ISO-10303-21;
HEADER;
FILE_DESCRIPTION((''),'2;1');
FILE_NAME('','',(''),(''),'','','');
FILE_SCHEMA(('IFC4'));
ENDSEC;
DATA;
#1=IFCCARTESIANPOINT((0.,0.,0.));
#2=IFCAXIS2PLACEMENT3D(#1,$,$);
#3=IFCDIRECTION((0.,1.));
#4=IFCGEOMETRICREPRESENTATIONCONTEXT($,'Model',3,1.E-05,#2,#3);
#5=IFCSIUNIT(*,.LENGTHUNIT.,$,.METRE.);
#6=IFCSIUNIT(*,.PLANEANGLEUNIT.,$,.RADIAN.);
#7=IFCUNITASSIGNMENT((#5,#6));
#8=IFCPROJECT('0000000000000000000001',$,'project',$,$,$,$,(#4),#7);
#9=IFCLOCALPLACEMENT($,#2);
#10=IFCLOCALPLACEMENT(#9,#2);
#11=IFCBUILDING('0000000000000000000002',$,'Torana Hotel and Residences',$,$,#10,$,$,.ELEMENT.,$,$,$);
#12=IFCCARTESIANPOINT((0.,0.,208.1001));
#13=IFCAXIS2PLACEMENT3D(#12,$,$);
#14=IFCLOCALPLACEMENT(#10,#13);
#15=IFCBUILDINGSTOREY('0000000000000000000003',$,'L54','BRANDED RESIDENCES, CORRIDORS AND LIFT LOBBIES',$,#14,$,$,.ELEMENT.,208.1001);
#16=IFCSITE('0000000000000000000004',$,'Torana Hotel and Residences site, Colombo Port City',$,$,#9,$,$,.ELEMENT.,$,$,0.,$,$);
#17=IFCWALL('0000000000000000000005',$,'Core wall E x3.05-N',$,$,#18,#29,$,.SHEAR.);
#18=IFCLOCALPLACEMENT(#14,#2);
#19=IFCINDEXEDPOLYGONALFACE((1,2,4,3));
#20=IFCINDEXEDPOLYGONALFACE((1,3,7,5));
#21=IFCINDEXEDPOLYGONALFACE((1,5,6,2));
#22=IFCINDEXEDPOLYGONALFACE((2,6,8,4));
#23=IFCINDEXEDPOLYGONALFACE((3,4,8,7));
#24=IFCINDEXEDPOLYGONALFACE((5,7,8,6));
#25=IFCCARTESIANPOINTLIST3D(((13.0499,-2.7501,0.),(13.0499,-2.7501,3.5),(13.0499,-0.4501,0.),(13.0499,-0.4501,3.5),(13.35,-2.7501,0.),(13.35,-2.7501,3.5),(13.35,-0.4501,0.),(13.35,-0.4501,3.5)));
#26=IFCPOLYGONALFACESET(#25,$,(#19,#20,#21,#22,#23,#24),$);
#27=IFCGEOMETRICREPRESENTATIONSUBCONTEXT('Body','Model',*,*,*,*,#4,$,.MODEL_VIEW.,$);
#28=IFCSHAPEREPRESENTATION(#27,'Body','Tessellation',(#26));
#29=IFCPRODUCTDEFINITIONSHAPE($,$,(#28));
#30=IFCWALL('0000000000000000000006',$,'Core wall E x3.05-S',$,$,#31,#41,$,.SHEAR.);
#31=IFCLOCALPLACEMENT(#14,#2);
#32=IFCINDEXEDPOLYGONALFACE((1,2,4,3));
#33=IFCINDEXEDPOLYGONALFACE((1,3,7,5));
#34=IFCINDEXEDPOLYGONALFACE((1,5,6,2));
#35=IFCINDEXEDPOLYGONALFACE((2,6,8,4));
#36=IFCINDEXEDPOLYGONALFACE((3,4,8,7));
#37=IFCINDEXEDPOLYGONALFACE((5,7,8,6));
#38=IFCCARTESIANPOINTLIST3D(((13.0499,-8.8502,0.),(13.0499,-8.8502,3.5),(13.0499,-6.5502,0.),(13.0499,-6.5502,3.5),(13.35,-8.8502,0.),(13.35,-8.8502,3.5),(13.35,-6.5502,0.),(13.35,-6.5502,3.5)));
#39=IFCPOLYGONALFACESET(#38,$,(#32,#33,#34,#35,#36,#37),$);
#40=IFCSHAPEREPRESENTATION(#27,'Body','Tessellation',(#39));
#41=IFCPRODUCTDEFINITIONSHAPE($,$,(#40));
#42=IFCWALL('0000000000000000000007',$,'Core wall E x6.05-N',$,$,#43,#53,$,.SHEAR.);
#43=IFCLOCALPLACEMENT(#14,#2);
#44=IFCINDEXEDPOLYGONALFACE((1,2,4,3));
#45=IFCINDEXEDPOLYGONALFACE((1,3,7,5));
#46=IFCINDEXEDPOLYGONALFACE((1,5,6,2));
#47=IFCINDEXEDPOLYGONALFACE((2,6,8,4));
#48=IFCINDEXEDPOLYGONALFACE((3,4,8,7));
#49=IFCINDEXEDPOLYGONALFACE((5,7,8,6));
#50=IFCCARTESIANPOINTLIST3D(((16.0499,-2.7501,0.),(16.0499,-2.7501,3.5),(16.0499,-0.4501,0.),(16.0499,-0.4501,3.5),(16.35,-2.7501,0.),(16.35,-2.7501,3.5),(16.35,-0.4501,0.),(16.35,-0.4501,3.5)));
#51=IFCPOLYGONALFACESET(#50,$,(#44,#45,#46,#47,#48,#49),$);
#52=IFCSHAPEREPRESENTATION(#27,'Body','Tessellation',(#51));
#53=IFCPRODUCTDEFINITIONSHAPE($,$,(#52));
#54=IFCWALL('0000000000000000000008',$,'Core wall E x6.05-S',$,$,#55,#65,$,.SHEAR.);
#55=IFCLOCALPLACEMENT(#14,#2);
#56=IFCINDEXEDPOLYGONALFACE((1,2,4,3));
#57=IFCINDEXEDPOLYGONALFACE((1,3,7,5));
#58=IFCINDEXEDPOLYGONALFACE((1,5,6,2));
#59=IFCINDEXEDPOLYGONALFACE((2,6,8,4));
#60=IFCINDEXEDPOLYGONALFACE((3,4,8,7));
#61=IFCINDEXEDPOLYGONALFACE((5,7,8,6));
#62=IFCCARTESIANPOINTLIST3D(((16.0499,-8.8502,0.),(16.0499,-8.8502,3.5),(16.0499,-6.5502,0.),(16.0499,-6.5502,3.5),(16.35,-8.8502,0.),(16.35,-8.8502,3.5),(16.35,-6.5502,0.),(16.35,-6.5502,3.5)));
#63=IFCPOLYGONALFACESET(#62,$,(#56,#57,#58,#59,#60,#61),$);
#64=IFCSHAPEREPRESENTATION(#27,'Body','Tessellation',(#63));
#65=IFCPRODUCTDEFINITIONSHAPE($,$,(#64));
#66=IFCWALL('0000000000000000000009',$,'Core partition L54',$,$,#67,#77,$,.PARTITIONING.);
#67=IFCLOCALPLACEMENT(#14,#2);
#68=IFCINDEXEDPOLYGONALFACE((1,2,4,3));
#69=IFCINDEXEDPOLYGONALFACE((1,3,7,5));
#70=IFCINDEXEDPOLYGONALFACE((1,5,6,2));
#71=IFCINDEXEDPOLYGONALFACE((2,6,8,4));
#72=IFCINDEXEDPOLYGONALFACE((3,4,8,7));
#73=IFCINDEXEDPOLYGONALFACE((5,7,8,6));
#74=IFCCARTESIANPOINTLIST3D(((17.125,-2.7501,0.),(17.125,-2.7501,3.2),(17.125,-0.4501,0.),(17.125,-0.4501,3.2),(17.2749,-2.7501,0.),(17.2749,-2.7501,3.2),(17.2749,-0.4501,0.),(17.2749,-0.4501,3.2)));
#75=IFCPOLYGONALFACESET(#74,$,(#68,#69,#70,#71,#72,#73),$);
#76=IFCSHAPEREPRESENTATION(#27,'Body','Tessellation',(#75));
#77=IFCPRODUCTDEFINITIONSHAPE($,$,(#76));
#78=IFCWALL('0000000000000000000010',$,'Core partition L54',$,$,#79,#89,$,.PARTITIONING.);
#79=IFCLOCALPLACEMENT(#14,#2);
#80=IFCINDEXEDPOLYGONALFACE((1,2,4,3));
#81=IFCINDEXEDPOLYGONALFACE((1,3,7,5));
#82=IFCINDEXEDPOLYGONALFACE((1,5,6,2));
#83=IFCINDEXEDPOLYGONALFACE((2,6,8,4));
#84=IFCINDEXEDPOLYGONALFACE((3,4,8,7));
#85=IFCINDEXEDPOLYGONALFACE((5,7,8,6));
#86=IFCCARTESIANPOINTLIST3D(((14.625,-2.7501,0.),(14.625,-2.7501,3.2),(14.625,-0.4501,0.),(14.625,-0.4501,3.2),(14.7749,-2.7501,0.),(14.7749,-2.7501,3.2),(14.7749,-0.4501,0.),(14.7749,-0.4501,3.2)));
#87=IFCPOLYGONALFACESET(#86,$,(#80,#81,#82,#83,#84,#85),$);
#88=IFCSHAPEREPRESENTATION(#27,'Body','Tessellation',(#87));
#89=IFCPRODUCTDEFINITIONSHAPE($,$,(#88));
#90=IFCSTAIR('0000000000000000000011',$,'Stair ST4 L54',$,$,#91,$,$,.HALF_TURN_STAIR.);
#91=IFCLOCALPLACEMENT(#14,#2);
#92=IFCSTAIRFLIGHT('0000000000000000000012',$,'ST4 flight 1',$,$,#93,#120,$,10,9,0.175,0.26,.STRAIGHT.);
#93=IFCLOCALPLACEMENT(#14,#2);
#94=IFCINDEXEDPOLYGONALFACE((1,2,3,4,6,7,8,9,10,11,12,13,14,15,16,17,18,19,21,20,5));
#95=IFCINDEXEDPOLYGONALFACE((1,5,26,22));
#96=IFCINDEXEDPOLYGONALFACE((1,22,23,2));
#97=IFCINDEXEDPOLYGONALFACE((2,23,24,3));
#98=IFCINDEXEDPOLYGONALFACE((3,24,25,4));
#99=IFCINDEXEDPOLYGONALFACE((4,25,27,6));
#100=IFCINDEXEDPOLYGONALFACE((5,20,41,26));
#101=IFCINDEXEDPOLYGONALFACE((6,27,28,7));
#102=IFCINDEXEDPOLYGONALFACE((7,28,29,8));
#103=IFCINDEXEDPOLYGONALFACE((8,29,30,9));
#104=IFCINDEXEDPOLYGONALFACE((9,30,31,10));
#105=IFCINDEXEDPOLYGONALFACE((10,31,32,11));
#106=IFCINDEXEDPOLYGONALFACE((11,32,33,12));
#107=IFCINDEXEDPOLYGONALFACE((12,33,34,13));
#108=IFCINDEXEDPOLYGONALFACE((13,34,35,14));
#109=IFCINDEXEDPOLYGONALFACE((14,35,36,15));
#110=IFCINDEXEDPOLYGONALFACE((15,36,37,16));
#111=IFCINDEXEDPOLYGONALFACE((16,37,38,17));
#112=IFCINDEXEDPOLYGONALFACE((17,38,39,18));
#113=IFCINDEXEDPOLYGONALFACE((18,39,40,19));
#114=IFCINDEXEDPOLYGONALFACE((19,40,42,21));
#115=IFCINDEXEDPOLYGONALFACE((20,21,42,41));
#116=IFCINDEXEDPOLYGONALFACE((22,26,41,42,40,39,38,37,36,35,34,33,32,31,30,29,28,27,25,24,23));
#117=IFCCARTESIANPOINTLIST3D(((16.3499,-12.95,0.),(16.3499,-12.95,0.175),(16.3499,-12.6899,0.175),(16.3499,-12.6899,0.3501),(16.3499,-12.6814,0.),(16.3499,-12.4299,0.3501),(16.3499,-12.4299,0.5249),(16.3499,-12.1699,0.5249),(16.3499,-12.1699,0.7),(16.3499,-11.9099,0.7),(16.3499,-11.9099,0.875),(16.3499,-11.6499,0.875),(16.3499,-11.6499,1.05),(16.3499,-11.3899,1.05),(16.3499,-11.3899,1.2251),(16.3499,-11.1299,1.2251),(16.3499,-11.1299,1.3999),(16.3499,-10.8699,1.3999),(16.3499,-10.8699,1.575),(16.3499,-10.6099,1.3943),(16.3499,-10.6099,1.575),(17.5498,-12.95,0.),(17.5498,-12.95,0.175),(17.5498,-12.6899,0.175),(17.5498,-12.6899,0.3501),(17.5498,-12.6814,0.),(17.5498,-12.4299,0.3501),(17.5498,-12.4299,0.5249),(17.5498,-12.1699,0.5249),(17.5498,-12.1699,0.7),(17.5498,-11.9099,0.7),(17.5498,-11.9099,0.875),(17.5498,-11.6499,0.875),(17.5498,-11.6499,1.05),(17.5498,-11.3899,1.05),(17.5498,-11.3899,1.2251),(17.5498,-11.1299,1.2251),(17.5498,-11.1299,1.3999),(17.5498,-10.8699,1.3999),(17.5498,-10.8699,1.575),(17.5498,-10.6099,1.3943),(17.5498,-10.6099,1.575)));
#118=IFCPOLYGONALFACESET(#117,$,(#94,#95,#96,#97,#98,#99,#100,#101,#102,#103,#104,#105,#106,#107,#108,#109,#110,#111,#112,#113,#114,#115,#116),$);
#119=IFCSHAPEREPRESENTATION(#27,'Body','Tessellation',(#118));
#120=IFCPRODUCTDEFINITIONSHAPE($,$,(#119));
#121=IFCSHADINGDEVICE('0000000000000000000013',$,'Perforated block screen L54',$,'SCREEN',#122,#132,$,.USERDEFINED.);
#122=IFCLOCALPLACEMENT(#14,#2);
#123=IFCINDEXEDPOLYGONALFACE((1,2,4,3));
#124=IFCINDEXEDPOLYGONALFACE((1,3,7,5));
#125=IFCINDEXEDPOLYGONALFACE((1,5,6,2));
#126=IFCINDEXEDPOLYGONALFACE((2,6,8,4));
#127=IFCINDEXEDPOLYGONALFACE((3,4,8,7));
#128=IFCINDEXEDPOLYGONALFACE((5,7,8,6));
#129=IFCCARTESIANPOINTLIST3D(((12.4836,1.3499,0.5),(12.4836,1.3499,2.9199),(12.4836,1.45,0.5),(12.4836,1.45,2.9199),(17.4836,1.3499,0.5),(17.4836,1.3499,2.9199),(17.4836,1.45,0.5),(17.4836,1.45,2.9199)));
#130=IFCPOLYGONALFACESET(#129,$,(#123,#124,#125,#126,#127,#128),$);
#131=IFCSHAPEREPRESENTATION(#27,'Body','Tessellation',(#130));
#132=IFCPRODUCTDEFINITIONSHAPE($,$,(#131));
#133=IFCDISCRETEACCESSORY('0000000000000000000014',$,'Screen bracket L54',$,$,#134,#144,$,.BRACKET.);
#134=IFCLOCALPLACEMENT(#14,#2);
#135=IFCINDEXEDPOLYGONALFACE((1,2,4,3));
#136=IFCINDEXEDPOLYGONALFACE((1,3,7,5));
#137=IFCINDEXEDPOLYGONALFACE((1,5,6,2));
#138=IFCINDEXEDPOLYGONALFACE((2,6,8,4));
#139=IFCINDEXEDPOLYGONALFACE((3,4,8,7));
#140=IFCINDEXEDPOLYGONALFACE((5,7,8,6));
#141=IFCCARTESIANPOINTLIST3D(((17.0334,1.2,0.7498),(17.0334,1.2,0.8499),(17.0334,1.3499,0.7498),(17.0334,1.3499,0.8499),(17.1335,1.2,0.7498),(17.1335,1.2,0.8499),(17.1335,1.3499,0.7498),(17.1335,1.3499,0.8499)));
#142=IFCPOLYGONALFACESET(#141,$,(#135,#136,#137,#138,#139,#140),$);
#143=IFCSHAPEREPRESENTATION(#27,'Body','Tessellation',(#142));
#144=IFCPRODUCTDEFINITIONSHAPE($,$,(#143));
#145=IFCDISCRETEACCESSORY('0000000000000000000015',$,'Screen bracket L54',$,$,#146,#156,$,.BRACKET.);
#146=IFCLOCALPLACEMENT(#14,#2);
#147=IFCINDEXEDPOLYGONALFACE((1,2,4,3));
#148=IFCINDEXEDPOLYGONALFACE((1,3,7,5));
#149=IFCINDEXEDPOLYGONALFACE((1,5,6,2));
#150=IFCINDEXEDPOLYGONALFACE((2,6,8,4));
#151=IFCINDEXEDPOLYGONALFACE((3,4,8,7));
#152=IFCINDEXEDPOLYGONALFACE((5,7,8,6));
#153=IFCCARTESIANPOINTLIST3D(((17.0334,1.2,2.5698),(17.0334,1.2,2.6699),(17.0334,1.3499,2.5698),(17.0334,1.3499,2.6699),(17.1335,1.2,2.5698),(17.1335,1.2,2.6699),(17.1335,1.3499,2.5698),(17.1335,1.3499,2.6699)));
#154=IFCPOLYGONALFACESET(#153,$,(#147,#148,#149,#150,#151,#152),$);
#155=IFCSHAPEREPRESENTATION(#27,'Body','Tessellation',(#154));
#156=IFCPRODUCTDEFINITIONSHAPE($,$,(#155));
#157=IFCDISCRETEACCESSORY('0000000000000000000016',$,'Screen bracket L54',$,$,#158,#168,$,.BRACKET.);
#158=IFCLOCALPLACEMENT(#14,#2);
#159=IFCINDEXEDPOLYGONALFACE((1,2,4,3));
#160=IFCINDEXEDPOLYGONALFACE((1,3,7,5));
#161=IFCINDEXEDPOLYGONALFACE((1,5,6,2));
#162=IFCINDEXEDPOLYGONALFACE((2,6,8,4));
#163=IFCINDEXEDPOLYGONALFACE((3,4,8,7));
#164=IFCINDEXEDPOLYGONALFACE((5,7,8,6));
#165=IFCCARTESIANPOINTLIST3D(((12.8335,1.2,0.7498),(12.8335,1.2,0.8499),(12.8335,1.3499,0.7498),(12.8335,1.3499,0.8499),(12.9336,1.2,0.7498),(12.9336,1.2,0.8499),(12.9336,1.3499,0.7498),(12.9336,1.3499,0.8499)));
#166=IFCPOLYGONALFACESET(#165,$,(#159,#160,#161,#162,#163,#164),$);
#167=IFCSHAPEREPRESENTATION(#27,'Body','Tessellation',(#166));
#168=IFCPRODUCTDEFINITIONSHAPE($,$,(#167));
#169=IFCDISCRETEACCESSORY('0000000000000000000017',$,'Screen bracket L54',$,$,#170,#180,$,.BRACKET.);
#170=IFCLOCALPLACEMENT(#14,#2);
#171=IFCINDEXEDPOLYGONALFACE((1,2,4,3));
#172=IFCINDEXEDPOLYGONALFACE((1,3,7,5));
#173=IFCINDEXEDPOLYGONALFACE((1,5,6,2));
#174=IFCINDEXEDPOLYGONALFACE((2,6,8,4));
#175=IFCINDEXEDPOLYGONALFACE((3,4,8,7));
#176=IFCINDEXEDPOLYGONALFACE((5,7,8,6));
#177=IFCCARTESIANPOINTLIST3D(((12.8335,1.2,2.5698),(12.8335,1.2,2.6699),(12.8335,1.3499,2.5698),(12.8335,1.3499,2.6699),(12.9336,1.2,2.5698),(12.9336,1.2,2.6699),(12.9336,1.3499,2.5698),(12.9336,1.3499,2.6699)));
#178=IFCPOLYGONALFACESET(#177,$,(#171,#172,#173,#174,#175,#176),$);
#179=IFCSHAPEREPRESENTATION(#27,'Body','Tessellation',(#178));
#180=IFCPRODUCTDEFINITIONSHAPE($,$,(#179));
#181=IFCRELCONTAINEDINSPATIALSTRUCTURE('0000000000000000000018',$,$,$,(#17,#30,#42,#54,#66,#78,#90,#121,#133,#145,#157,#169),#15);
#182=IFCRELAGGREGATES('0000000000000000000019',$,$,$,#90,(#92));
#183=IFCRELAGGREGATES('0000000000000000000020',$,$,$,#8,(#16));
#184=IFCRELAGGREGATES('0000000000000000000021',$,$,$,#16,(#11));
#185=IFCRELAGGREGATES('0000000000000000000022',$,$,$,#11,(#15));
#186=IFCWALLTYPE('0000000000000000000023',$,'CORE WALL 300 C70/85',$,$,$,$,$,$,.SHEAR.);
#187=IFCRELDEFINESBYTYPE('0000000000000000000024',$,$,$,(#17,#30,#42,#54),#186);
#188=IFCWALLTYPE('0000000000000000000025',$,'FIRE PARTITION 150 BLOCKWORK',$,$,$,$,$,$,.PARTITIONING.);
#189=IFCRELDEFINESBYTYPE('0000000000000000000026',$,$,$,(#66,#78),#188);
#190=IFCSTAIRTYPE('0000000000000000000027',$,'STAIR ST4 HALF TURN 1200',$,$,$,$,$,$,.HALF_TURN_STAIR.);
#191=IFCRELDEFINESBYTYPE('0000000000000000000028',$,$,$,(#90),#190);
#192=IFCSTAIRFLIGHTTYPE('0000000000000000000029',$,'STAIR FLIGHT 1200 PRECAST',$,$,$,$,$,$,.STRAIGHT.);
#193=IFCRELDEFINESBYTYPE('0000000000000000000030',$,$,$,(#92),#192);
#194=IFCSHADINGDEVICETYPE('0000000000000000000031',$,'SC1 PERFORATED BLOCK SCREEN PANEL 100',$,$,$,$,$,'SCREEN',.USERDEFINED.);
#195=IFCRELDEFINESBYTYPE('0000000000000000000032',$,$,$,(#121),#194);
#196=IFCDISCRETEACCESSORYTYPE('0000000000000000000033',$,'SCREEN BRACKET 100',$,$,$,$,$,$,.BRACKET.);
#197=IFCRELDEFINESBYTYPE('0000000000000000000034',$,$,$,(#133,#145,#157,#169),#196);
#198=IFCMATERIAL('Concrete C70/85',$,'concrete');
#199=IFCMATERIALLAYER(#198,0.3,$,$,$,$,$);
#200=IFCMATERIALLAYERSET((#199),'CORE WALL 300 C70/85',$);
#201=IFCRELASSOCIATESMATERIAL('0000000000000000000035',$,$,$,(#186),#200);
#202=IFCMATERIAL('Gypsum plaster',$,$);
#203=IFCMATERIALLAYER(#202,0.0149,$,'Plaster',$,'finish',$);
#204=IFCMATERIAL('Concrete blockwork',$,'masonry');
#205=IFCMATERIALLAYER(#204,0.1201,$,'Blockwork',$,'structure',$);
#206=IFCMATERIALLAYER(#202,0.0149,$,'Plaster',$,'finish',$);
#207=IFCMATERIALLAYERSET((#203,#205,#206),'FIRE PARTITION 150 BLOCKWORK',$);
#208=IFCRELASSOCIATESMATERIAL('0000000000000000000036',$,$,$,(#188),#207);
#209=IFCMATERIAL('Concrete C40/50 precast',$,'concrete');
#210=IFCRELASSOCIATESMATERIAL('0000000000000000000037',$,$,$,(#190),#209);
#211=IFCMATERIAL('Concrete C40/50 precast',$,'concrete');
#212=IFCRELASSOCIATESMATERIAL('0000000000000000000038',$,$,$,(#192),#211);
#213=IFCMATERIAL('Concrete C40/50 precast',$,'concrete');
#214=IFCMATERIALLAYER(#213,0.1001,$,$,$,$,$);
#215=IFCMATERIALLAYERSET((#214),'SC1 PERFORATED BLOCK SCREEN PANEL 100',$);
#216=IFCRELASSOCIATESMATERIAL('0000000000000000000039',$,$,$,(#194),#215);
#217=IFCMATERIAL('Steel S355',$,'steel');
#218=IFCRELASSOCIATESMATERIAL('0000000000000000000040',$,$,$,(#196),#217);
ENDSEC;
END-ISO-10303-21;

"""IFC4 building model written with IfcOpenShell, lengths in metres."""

from ifc_helpers import new_model, si_unit, direction, frame, frame_2d, origin, origin_2d, place, context, subcontext, project, spatial, polyline, rectangle, outline, extrude, material, layer, layer_set, type_object, element, aggregate, save


model = new_model("IFC4")

# Units and contexts
model_context = context("Model", 3, precision=1e-05, world=origin(), true_north=direction((0.0, 1.0)))
body_context = subcontext(model_context, "Body", "Model", "MODEL_VIEW")
ifc_project = project(units=[si_unit("LENGTHUNIT", "METRE"), si_unit("PLANEANGLEUNIT", "RADIAN")], contexts=[model_context])

# Site, building, storey
site_placement = place(None, origin())
site = spatial("IfcSite", under=ifc_project, at=site_placement, Name="Torana Hotel and Residences site, Colombo Port City", CompositionType="ELEMENT", RefElevation=0.0)
building_placement = place(site_placement, origin())
building = spatial("IfcBuilding", under=site, at=building_placement, Name="Torana Hotel and Residences", CompositionType="ELEMENT")
storey_placement = place(building_placement, frame((0.0, 0.0, 208.1001)))
storey = spatial("IfcBuildingStorey", under=building, at=storey_placement, Name="L54", Description="BRANDED RESIDENCES, CORRIDORS AND LIFT LOBBIES", CompositionType="ELEMENT", Elevation=208.1001)

# Walls
ifc_material_1 = material(Name="Concrete C70/85", Category="concrete")
ifc_layer_1 = layer(ifc_material_1, 0.3)
ifc_layer_set_1 = layer_set([ifc_layer_1], Name="CORE WALL 300 C70/85")
wall_type_1 = type_object("IfcWallType", Name="CORE WALL 300 C70/85", PredefinedType="SHEAR", material=ifc_layer_set_1)
for number, where, z_axis, x_axis, name in (
    (1, (13.2, -2.75, 0.0), (0.0, 0.0, 1.0), (0.0, 1.0, 0.0), "Core wall E x3.05-N"),
    (2, (13.2, -8.8501, 0.0), (0.0, 0.0, 1.0), (0.0, 1.0, 0.0), "Core wall E x3.05-S"),
    (3, (16.2, -2.75, 0.0), (0.0, 0.0, 1.0), (0.0, 1.0, 0.0), "Core wall E x6.05-N"),
    (4, (16.2, -8.8501, 0.0), (0.0, 0.0, 1.0), (0.0, 1.0, 0.0), "Core wall E x6.05-S"),
):
    element("IfcWall", number, at=place(storey_placement, frame(where, z_axis=z_axis, x_axis=x_axis)), inside=storey, type_object=wall_type_1, Name=name, PredefinedType="SHEAR", context=body_context, shape_type="SweptSolid", body=[
        extrude(rectangle(XDim=2.3, YDim=0.3, at=frame_2d((1.1499, 0.0))), origin(), (0.0, 0.0, 1.0), 3.5),
    ])
ifc_material_2 = material(Name="Gypsum plaster")
ifc_layer_2 = layer(ifc_material_2, 0.0149, Name="Plaster", Category="finish")
ifc_material_3 = material(Name="Concrete blockwork", Category="masonry")
ifc_layer_3 = layer(ifc_material_3, 0.1201, Name="Blockwork", Category="structure")
ifc_layer_4 = layer(ifc_material_2, 0.0149, Name="Plaster", Category="finish")
ifc_layer_set_2 = layer_set([ifc_layer_2, ifc_layer_3, ifc_layer_4], Name="FIRE PARTITION 150 BLOCKWORK")
wall_type_2 = type_object("IfcWallType", Name="FIRE PARTITION 150 BLOCKWORK", PredefinedType="PARTITIONING", material=ifc_layer_set_2)
for number, where, z_axis, x_axis, name in (
    (5, (17.2, -2.75, 0.0), (0.0, 0.0, 1.0), (0.0, 1.0, 0.0), "Core partition L54"),
    (6, (14.7, -2.75, 0.0), (0.0, 0.0, 1.0), (0.0, 1.0, 0.0), "Core partition L54"),
):
    element("IfcWall", number, at=place(storey_placement, frame(where, z_axis=z_axis, x_axis=x_axis)), inside=storey, type_object=wall_type_2, Name=name, PredefinedType="PARTITIONING", context=body_context, shape_type="SweptSolid", body=[
        extrude(rectangle(XDim=2.3, YDim=0.1499, at=frame_2d((1.1499, 0.0))), origin(), (0.0, 0.0, 1.0), 3.2),
    ])

# Stair, stair flight
ifc_material_4 = material(Name="Concrete C40/50 precast", Category="concrete")
stair_type = type_object("IfcStairType", Name="STAIR ST4 HALF TURN 1200", PredefinedType="HALF_TURN_STAIR", material=ifc_material_4)
stair_placement = place(storey_placement, origin())
stair = element("IfcStair", 7, at=stair_placement, inside=storey, type_object=stair_type, Name="Stair ST4 L54", PredefinedType="HALF_TURN_STAIR")
ifc_material_5 = material(Name="Concrete C40/50 precast", Category="concrete")
stair_flight_type = type_object("IfcStairFlightType", Name="STAIR FLIGHT 1200 PRECAST", PredefinedType="STRAIGHT", material=ifc_material_5)
stair_flight_placement = place(storey_placement, frame((16.95, -12.95, 0.0), z_axis=(0.0, 0.0, 1.0), x_axis=(0.0, 1.0, 0.0)))
stair_flight = element("IfcStairFlight", 8, at=stair_flight_placement, type_object=stair_flight_type, Name="ST4 flight 1", NumberOfRisers=10, NumberOfTreads=9, PredefinedType="STRAIGHT", RiserHeight=0.175, TreadLength=0.26, context=body_context, shape_type="SweptSolid", body=[
    extrude(outline(polyline([(0.0, 0.0), (0.0, 0.175), (0.26, 0.175), (0.26, 0.3501), (0.52, 0.3501), (0.52, 0.5249), (0.78, 0.5249), (0.78, 0.7), (1.04, 0.7), (1.04, 0.875), (1.3, 0.875), (1.3, 1.05), (1.5601, 1.05), (1.5601, 1.2251), (1.8201, 1.2251), (1.8201, 1.3999), (2.0801, 1.3999), (2.0801, 1.575), (2.3401, 1.575), (2.3401, 1.75), (2.3401, 1.3943), (0.2686, 0.0), (0.0, 0.0)])), frame((0.0, 0.6001, 0.0), z_axis=(0.0, -1.0, 0.0), x_axis=(1.0, 0.0, 0.0)), (0.0, 0.0, 1.0), 1.2),
])
aggregate(stair, [stair_flight])

# Shading device
ifc_material_6 = material(Name="Concrete C40/50 precast", Category="concrete")
ifc_layer_5 = layer(ifc_material_6, 0.1001)
ifc_layer_set_3 = layer_set([ifc_layer_5], Name="SC1 PERFORATED BLOCK SCREEN PANEL 100")
shading_device_type = type_object("IfcShadingDeviceType", Name="SC1 PERFORATED BLOCK SCREEN PANEL 100", ElementType="SCREEN", PredefinedType="USERDEFINED", material=ifc_layer_set_3)
shading_device_placement = place(storey_placement, frame((14.9836, 1.3999, 0.5), z_axis=(0.0, 0.0, 1.0), x_axis=(-1.0, 0.0, 0.0)))
element("IfcShadingDevice", 9, at=shading_device_placement, inside=storey, type_object=shading_device_type, Name="Perforated block screen L54", ObjectType="SCREEN", PredefinedType="USERDEFINED", context=body_context, shape_type="SweptSolid", body=[
    extrude(rectangle(XDim=5.0, YDim=0.1001, at=origin_2d()), origin(), (0.0, 0.0, 1.0), 2.4199),
])

# Discrete accessories
ifc_material_7 = material(Name="Steel S355", Category="steel")
discrete_accessory_type = type_object("IfcDiscreteAccessoryType", Name="SCREEN BRACKET 100", PredefinedType="BRACKET", material=ifc_material_7)
for number, where, z_axis, x_axis, name in (
    (10, (17.0835, 1.2749, 0.7498), (0.0, 0.0, 1.0), (-1.0, 0.0, 0.0), "Screen bracket L54"),
    (11, (17.0835, 1.2749, 2.5698), (0.0, 0.0, 1.0), (-1.0, 0.0, 0.0), "Screen bracket L54"),
    (12, (12.8835, 1.2749, 0.7498), (0.0, 0.0, 1.0), (-1.0, 0.0, 0.0), "Screen bracket L54"),
    (13, (12.8835, 1.2749, 2.5698), (0.0, 0.0, 1.0), (-1.0, 0.0, 0.0), "Screen bracket L54"),
):
    element("IfcDiscreteAccessory", number, at=place(storey_placement, frame(where, z_axis=z_axis, x_axis=x_axis)), inside=storey, type_object=discrete_accessory_type, Name=name, PredefinedType="BRACKET", context=body_context, shape_type="SweptSolid", body=[
        extrude(rectangle(XDim=0.1001, YDim=0.1499, at=origin_2d()), origin(), (0.0, 0.0, 1.0), 0.1001),
    ])

save(model, "model.ifc")
